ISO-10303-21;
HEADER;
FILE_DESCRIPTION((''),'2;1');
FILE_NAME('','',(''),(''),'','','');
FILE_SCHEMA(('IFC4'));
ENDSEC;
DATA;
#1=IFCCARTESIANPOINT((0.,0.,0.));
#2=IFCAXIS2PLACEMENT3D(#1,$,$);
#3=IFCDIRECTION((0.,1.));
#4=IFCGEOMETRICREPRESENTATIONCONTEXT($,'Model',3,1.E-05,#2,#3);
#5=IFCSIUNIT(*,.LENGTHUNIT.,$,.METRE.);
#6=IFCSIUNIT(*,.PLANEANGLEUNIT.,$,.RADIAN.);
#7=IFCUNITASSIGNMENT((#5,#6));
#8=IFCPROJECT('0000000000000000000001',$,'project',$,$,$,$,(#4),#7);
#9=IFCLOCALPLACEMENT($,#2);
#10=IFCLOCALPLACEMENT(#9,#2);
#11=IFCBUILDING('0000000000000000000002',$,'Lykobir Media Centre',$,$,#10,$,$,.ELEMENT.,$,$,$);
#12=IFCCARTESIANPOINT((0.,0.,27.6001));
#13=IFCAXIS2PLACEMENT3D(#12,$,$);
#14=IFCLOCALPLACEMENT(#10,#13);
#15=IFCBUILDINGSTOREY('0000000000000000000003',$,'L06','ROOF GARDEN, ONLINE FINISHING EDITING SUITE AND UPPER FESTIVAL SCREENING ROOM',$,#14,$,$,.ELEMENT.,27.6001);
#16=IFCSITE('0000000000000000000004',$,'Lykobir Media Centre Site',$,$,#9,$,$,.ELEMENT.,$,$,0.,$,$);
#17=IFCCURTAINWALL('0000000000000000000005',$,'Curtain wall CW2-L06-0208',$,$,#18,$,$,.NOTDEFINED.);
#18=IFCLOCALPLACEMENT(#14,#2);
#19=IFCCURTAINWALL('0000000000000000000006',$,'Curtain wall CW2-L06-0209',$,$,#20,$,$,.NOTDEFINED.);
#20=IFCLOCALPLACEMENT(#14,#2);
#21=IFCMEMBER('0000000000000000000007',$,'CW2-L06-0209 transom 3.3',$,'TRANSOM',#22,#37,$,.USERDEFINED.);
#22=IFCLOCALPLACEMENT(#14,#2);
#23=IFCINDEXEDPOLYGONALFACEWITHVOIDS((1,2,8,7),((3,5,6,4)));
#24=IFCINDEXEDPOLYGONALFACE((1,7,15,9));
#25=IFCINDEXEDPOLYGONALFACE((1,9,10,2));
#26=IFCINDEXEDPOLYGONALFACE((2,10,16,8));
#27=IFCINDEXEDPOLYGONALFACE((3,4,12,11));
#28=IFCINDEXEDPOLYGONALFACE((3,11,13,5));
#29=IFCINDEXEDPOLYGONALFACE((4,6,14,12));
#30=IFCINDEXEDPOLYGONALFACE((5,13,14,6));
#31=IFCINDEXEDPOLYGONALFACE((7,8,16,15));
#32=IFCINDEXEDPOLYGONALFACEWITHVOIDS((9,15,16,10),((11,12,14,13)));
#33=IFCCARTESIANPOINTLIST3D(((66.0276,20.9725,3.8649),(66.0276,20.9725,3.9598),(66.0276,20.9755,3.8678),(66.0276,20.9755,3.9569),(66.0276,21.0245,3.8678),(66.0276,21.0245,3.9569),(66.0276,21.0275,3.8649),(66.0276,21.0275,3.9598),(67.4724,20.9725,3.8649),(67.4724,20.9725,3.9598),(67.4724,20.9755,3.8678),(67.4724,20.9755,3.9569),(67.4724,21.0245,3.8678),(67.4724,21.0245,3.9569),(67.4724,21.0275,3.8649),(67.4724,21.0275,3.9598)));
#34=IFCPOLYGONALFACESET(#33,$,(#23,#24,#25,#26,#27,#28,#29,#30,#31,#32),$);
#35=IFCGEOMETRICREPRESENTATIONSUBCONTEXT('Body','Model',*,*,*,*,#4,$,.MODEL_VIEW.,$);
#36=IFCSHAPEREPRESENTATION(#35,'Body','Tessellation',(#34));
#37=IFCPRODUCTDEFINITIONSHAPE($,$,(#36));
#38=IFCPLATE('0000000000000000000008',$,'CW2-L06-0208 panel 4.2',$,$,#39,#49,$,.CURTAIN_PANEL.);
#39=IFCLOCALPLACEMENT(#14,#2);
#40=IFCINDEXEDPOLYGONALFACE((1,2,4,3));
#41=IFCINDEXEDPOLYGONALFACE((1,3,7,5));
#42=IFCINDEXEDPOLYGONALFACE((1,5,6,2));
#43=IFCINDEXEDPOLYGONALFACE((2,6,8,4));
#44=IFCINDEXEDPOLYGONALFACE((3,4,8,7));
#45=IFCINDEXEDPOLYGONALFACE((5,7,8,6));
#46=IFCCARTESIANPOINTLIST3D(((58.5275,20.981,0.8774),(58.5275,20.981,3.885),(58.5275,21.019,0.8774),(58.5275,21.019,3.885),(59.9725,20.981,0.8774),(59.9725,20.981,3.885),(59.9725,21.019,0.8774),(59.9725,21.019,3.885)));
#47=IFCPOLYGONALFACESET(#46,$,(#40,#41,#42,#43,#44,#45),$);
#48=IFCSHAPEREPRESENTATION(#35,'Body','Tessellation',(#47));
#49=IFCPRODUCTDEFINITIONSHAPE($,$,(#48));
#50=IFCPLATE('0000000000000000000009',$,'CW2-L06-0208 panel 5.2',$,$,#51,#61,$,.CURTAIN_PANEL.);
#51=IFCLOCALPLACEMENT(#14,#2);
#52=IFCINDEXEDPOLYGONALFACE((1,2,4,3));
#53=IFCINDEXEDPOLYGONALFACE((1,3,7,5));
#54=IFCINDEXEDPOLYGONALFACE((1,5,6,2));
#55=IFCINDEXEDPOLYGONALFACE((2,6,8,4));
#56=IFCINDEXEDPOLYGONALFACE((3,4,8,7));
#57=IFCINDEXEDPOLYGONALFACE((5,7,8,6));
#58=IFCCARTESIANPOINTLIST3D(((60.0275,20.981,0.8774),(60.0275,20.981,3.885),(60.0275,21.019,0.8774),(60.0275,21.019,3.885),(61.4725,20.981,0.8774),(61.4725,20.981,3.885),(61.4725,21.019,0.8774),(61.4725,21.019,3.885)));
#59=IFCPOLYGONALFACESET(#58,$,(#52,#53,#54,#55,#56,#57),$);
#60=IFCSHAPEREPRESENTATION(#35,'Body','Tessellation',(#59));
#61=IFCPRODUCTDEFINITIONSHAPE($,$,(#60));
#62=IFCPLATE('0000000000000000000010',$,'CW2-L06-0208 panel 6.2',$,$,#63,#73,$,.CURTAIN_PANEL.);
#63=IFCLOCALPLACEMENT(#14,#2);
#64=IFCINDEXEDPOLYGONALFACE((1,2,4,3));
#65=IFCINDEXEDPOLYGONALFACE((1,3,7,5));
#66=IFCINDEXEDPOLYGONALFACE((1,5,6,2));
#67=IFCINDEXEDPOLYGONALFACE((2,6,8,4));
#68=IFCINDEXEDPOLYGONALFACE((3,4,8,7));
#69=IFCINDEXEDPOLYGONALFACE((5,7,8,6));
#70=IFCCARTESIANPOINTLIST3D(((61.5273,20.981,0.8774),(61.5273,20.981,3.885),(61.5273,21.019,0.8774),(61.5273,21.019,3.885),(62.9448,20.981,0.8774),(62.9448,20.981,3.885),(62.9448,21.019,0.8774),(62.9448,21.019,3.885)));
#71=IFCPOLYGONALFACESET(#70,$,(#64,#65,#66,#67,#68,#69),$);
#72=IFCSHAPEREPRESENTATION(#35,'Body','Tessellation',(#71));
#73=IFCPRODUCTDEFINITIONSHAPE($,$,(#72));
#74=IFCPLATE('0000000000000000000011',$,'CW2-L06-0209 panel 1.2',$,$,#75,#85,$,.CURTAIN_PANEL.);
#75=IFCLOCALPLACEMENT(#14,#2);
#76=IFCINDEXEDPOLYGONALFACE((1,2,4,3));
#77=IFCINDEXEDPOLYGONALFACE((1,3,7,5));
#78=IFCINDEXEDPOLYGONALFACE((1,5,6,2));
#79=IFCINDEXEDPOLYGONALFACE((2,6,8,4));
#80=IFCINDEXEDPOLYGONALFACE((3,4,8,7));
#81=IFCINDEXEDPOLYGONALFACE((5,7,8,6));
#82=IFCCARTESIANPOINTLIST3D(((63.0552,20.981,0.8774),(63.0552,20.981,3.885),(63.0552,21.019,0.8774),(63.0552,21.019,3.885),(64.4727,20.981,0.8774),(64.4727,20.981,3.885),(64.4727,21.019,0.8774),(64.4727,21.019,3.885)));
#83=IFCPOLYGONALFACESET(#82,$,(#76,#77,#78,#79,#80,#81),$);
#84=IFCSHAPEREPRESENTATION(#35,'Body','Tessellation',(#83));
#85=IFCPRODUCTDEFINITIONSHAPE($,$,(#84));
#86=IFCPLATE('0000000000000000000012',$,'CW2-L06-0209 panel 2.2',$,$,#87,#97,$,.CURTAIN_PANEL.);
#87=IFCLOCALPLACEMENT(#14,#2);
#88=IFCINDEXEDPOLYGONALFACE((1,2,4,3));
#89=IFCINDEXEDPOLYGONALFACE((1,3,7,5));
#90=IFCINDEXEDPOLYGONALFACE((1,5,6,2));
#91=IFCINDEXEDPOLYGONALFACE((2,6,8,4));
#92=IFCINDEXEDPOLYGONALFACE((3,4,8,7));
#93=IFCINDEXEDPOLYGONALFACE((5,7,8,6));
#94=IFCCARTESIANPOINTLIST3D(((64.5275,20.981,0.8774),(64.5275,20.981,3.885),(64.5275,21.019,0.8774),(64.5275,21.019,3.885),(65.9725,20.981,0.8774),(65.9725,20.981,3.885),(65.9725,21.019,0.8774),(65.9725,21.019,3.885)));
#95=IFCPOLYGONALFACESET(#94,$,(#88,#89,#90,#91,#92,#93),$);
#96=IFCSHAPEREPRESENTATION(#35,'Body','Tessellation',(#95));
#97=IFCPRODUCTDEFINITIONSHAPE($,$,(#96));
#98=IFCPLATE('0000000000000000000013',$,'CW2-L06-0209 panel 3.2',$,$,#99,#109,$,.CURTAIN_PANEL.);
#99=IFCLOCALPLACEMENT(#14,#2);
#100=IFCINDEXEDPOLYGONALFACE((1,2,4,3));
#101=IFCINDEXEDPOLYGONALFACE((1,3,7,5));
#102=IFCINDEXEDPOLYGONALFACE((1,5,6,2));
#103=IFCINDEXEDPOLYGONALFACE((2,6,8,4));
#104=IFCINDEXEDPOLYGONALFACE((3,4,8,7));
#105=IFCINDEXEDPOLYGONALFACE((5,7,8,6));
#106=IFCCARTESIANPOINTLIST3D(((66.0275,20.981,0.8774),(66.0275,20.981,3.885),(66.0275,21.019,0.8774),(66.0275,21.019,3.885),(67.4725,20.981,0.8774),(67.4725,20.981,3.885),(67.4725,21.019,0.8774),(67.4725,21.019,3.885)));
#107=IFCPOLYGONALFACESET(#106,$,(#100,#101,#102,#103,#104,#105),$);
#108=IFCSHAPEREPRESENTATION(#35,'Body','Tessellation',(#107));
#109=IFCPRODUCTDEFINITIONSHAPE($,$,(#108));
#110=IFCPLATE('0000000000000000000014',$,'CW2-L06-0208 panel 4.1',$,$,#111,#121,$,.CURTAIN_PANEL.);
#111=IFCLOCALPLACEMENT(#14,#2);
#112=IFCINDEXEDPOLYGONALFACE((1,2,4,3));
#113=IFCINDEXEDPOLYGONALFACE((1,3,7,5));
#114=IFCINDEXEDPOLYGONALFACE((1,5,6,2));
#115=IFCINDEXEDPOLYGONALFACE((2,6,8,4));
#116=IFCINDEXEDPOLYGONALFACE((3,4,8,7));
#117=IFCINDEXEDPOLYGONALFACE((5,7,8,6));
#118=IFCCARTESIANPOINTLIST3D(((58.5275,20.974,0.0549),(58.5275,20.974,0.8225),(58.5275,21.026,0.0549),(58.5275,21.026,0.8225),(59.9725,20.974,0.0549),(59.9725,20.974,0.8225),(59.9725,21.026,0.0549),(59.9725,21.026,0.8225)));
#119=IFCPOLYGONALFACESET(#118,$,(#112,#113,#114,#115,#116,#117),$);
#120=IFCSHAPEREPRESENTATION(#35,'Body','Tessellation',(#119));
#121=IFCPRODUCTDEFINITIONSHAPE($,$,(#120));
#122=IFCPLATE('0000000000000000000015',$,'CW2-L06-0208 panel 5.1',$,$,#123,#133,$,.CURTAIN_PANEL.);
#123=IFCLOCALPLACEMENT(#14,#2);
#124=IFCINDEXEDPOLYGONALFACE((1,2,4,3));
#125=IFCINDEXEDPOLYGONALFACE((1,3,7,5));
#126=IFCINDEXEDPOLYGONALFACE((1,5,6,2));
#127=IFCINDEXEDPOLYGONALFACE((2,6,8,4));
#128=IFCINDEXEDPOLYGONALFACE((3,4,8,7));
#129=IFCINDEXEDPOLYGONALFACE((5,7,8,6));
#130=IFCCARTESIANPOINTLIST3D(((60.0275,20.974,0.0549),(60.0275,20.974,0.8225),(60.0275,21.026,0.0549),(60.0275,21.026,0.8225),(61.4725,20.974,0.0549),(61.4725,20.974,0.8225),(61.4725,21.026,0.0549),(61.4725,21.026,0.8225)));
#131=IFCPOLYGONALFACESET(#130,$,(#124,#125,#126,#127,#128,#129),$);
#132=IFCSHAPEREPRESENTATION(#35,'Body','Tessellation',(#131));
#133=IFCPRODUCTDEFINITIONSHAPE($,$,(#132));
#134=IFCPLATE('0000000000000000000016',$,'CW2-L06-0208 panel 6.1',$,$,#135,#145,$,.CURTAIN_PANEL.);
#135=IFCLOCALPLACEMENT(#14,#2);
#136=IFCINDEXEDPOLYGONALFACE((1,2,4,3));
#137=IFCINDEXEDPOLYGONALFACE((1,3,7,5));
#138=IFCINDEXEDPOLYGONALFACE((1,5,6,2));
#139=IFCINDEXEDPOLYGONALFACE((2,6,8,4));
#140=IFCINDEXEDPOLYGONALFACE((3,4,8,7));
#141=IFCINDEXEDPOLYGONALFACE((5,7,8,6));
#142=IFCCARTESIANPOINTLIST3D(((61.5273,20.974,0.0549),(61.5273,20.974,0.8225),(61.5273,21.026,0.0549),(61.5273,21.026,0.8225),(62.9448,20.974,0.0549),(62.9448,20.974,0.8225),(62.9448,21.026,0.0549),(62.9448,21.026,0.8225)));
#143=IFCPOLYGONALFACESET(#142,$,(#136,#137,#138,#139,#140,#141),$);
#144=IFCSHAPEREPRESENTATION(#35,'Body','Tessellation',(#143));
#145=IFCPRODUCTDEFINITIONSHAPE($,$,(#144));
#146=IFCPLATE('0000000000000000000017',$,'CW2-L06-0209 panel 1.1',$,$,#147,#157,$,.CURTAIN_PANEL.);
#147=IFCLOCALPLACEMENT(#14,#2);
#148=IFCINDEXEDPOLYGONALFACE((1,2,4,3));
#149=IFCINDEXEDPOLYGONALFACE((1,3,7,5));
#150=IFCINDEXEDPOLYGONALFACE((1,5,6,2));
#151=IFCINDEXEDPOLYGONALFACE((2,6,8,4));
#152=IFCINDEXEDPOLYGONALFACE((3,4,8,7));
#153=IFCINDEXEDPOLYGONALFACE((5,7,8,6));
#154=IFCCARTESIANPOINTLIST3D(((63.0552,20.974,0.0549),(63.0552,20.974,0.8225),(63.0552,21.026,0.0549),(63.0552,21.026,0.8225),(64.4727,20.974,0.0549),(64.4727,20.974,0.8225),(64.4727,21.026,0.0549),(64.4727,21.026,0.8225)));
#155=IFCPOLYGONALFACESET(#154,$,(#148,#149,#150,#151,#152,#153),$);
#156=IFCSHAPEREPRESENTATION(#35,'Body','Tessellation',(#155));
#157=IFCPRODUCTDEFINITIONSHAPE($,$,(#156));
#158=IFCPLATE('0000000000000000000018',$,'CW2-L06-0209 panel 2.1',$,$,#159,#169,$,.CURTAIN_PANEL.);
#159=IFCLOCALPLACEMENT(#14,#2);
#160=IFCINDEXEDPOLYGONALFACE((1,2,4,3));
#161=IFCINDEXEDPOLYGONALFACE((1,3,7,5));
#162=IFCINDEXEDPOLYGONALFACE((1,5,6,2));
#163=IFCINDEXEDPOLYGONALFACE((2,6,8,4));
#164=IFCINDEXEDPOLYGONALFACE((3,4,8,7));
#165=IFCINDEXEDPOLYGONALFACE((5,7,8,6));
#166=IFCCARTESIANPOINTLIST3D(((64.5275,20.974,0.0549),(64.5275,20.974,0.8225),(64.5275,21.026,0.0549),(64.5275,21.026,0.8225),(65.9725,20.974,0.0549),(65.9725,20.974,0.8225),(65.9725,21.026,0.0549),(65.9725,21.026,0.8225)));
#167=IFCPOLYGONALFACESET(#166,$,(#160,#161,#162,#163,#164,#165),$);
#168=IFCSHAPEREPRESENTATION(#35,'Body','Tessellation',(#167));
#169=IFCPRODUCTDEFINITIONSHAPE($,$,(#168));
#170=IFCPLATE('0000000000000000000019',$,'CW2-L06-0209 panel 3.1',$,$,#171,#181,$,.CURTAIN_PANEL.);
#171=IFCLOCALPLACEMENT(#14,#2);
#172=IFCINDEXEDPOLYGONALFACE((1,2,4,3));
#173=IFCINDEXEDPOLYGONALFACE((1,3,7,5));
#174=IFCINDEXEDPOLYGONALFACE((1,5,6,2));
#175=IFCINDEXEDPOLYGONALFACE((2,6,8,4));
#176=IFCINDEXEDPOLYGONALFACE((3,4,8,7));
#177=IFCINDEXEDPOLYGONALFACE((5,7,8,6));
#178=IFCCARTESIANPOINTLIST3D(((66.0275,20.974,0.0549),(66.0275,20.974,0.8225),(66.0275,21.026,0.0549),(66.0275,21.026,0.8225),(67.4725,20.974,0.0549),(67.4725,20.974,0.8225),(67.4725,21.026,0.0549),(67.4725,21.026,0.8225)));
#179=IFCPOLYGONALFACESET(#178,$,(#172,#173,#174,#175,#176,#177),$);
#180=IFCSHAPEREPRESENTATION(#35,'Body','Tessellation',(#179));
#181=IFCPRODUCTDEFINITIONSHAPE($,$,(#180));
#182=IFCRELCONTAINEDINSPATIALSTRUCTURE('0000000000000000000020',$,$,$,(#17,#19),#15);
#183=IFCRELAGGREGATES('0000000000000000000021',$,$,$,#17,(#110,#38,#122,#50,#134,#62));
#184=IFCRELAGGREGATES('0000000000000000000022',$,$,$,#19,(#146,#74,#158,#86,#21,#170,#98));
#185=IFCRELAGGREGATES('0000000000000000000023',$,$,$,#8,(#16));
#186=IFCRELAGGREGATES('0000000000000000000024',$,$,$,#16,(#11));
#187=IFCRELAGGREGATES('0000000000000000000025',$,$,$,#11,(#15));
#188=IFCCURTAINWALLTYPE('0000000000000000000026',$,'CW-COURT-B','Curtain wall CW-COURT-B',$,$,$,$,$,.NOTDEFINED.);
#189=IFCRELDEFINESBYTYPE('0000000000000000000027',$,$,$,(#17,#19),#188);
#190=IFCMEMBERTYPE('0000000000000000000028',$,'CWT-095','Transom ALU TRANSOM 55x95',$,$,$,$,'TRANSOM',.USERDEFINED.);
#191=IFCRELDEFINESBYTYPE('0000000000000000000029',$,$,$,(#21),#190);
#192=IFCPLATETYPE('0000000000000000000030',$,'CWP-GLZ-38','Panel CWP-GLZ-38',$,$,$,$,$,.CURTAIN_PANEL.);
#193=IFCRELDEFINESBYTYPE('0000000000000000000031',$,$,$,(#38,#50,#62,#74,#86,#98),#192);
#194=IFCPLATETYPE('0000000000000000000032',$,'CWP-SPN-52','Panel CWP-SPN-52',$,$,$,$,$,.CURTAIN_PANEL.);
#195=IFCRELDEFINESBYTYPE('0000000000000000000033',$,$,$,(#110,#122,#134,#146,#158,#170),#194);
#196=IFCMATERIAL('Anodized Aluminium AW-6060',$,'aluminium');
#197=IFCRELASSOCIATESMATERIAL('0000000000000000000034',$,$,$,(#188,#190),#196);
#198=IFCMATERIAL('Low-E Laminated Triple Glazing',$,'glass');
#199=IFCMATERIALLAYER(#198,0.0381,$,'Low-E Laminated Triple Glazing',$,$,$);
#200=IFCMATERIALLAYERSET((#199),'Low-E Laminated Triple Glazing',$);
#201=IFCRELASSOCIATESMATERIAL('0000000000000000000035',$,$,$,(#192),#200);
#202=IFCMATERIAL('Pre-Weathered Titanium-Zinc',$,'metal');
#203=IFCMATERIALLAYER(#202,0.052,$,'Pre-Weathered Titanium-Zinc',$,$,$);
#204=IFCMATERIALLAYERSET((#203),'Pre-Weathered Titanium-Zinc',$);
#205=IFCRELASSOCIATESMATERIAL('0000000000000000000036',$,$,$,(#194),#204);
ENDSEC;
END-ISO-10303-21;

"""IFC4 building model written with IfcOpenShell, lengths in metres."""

from ifc_helpers import new_model, si_unit, direction, frame, origin, origin_2d, place, context, subcontext, project, spatial, rectangle, hollow_rectangle, extrude, material, layer, layer_set, material_profile, profile_set, type_object, element, aggregate, save


model = new_model("IFC4")

# Units and contexts
model_context = context("Model", 3, precision=1e-05, world=origin(), true_north=direction((0.0, 1.0)))
body_context = subcontext(model_context, "Body", "Model", "MODEL_VIEW")
ifc_project = project(units=[si_unit("LENGTHUNIT", "METRE"), si_unit("PLANEANGLEUNIT", "RADIAN")], contexts=[model_context])

# Site, building, storey
site_placement = place(None, origin())
site = spatial("IfcSite", under=ifc_project, at=site_placement, Name="Lykobir Media Centre Site", CompositionType="ELEMENT", RefElevation=0.0)
building_placement = place(site_placement, origin())
building = spatial("IfcBuilding", under=site, at=building_placement, Name="Lykobir Media Centre", CompositionType="ELEMENT")
storey_placement = place(building_placement, frame((0.0, 0.0, 27.6001)))
storey = spatial("IfcBuildingStorey", under=building, at=storey_placement, Name="L06", Description="ROOF GARDEN, ONLINE FINISHING EDITING SUITE AND UPPER FESTIVAL SCREENING ROOM", CompositionType="ELEMENT", Elevation=27.6001)

# Curtain walls
ifc_material_1 = material(Name="Anodized Aluminium AW-6060", Category="aluminium")
curtain_wall_type = type_object("IfcCurtainWallType", Name="CW-COURT-B", Description="Curtain wall CW-COURT-B", PredefinedType="NOTDEFINED", material=ifc_material_1)
curtain_wall_1_placement = place(storey_placement, origin())
curtain_wall_1 = element("IfcCurtainWall", 1, at=curtain_wall_1_placement, inside=storey, type_object=curtain_wall_type, Name="Curtain wall CW2-L06-0208", PredefinedType="NOTDEFINED")
curtain_wall_2_placement = place(storey_placement, origin())
curtain_wall_2 = element("IfcCurtainWall", 2, at=curtain_wall_2_placement, inside=storey, type_object=curtain_wall_type, Name="Curtain wall CW2-L06-0209", PredefinedType="NOTDEFINED")

# Member
ifc_material_profile_1 = material_profile(ifc_material_1, hollow_rectangle(XDim=0.0549, YDim=0.095, WallThickness=0.0029, at=origin_2d()), Name="ALU TRANSOM 55x95")
ifc_profile_set_1 = profile_set([ifc_material_profile_1], Name="Anodized Aluminium AW-6060")
member_type_1 = type_object("IfcMemberType", Name="CWT-095", Description="Transom ALU TRANSOM 55x95", ElementType="TRANSOM", PredefinedType="USERDEFINED", material=ifc_profile_set_1)
member_1_placement = place(storey_placement, frame((66.0276, 21.0, 3.9124), z_axis=(1.0, 0.0, 0.0), x_axis=(0.0, 1.0, 0.0)))
member_1 = element("IfcMember", 3, at=member_1_placement, type_object=member_type_1, Name="CW2-L06-0209 transom 3.3", ObjectType="TRANSOM", PredefinedType="USERDEFINED", context=body_context, shape_type="SweptSolid", body=[
    extrude(hollow_rectangle(XDim=0.0549, YDim=0.095, WallThickness=0.0029, at=origin_2d()), origin(), (0.0, 0.0, 1.0), 1.4448),
])

# Plates
ifc_material_2 = material(Name="Low-E Laminated Triple Glazing", Category="glass")
ifc_layer_1 = layer(ifc_material_2, 0.0381, Name="Low-E Laminated Triple Glazing")
ifc_layer_set_1 = layer_set([ifc_layer_1], Name="Low-E Laminated Triple Glazing")
plate_type_1 = type_object("IfcPlateType", Name="CWP-GLZ-38", Description="Panel CWP-GLZ-38", PredefinedType="CURTAIN_PANEL", material=ifc_layer_set_1)
plate_1_placement = place(storey_placement, frame((59.25, 21.0, 0.8774), z_axis=(0.0, 0.0, 1.0), x_axis=(1.0, 0.0, 0.0)))
plate_1 = element("IfcPlate", 4, at=plate_1_placement, type_object=plate_type_1, Name="CW2-L06-0208 panel 4.2", PredefinedType="CURTAIN_PANEL", context=body_context, shape_type="SweptSolid", body=[
    extrude(rectangle(XDim=1.4451, YDim=0.0381, at=origin_2d()), origin(), (0.0, 0.0, 1.0), 3.0076),
])
plate_2_placement = place(storey_placement, frame((60.75, 21.0, 0.8774), z_axis=(0.0, 0.0, 1.0), x_axis=(1.0, 0.0, 0.0)))
plate_2 = element("IfcPlate", 5, at=plate_2_placement, type_object=plate_type_1, Name="CW2-L06-0208 panel 5.2", PredefinedType="CURTAIN_PANEL", context=body_context, shape_type="SweptSolid", body=[
    extrude(rectangle(XDim=1.4451, YDim=0.0381, at=origin_2d()), origin(), (0.0, 0.0, 1.0), 3.0076),
])
plate_3_placement = place(storey_placement, frame((62.2361, 21.0, 0.8774), z_axis=(0.0, 0.0, 1.0), x_axis=(1.0, 0.0, 0.0)))
plate_3 = element("IfcPlate", 6, at=plate_3_placement, type_object=plate_type_1, Name="CW2-L06-0208 panel 6.2", PredefinedType="CURTAIN_PANEL", context=body_context, shape_type="SweptSolid", body=[
    extrude(rectangle(XDim=1.4175, YDim=0.0381, at=origin_2d()), origin(), (0.0, 0.0, 1.0), 3.0076),
])
plate_4_placement = place(storey_placement, frame((63.7639, 21.0, 0.8774), z_axis=(0.0, 0.0, 1.0), x_axis=(1.0, 0.0, 0.0)))
plate_4 = element("IfcPlate", 7, at=plate_4_placement, type_object=plate_type_1, Name="CW2-L06-0209 panel 1.2", PredefinedType="CURTAIN_PANEL", context=body_context, shape_type="SweptSolid", body=[
    extrude(rectangle(XDim=1.4175, YDim=0.0381, at=origin_2d()), origin(), (0.0, 0.0, 1.0), 3.0076),
])
plate_5_placement = place(storey_placement, frame((65.25, 21.0, 0.8774), z_axis=(0.0, 0.0, 1.0), x_axis=(1.0, 0.0, 0.0)))
plate_5 = element("IfcPlate", 8, at=plate_5_placement, type_object=plate_type_1, Name="CW2-L06-0209 panel 2.2", PredefinedType="CURTAIN_PANEL", context=body_context, shape_type="SweptSolid", body=[
    extrude(rectangle(XDim=1.4451, YDim=0.0381, at=origin_2d()), origin(), (0.0, 0.0, 1.0), 3.0076),
])
plate_6_placement = place(storey_placement, frame((66.75, 21.0, 0.8774), z_axis=(0.0, 0.0, 1.0), x_axis=(1.0, 0.0, 0.0)))
plate_6 = element("IfcPlate", 9, at=plate_6_placement, type_object=plate_type_1, Name="CW2-L06-0209 panel 3.2", PredefinedType="CURTAIN_PANEL", context=body_context, shape_type="SweptSolid", body=[
    extrude(rectangle(XDim=1.4451, YDim=0.0381, at=origin_2d()), origin(), (0.0, 0.0, 1.0), 3.0076),
])
ifc_material_3 = material(Name="Pre-Weathered Titanium-Zinc", Category="metal")
ifc_layer_2 = layer(ifc_material_3, 0.052, Name="Pre-Weathered Titanium-Zinc")
ifc_layer_set_2 = layer_set([ifc_layer_2], Name="Pre-Weathered Titanium-Zinc")
plate_type_2 = type_object("IfcPlateType", Name="CWP-SPN-52", Description="Panel CWP-SPN-52", PredefinedType="CURTAIN_PANEL", material=ifc_layer_set_2)
plate_7_placement = place(storey_placement, frame((59.25, 21.0, 0.0549), z_axis=(0.0, 0.0, 1.0), x_axis=(1.0, 0.0, 0.0)))
plate_7 = element("IfcPlate", 10, at=plate_7_placement, type_object=plate_type_2, Name="CW2-L06-0208 panel 4.1", PredefinedType="CURTAIN_PANEL", context=body_context, shape_type="SweptSolid", body=[
    extrude(rectangle(XDim=1.4451, YDim=0.052, at=origin_2d()), origin(), (0.0, 0.0, 1.0), 0.7676),
])
plate_8_placement = place(storey_placement, frame((60.75, 21.0, 0.0549), z_axis=(0.0, 0.0, 1.0), x_axis=(1.0, 0.0, 0.0)))
plate_8 = element("IfcPlate", 11, at=plate_8_placement, type_object=plate_type_2, Name="CW2-L06-0208 panel 5.1", PredefinedType="CURTAIN_PANEL", context=body_context, shape_type="SweptSolid", body=[
    extrude(rectangle(XDim=1.4451, YDim=0.052, at=origin_2d()), origin(), (0.0, 0.0, 1.0), 0.7676),
])
plate_9_placement = place(storey_placement, frame((62.2361, 21.0, 0.0549), z_axis=(0.0, 0.0, 1.0), x_axis=(1.0, 0.0, 0.0)))
plate_9 = element("IfcPlate", 12, at=plate_9_placement, type_object=plate_type_2, Name="CW2-L06-0208 panel 6.1", PredefinedType="CURTAIN_PANEL", context=body_context, shape_type="SweptSolid", body=[
    extrude(rectangle(XDim=1.4175, YDim=0.052, at=origin_2d()), origin(), (0.0, 0.0, 1.0), 0.7676),
])
aggregate(curtain_wall_1, [plate_7, plate_1, plate_8, plate_2, plate_9, plate_3])
plate_10_placement = place(storey_placement, frame((63.7639, 21.0, 0.0549), z_axis=(0.0, 0.0, 1.0), x_axis=(1.0, 0.0, 0.0)))
plate_10 = element("IfcPlate", 13, at=plate_10_placement, type_object=plate_type_2, Name="CW2-L06-0209 panel 1.1", PredefinedType="CURTAIN_PANEL", context=body_context, shape_type="SweptSolid", body=[
    extrude(rectangle(XDim=1.4175, YDim=0.052, at=origin_2d()), origin(), (0.0, 0.0, 1.0), 0.7676),
])
plate_11_placement = place(storey_placement, frame((65.25, 21.0, 0.0549), z_axis=(0.0, 0.0, 1.0), x_axis=(1.0, 0.0, 0.0)))
plate_11 = element("IfcPlate", 14, at=plate_11_placement, type_object=plate_type_2, Name="CW2-L06-0209 panel 2.1", PredefinedType="CURTAIN_PANEL", context=body_context, shape_type="SweptSolid", body=[
    extrude(rectangle(XDim=1.4451, YDim=0.052, at=origin_2d()), origin(), (0.0, 0.0, 1.0), 0.7676),
])
plate_12_placement = place(storey_placement, frame((66.75, 21.0, 0.0549), z_axis=(0.0, 0.0, 1.0), x_axis=(1.0, 0.0, 0.0)))
plate_12 = element("IfcPlate", 15, at=plate_12_placement, type_object=plate_type_2, Name="CW2-L06-0209 panel 3.1", PredefinedType="CURTAIN_PANEL", context=body_context, shape_type="SweptSolid", body=[
    extrude(rectangle(XDim=1.4451, YDim=0.052, at=origin_2d()), origin(), (0.0, 0.0, 1.0), 0.7676),
])
aggregate(curtain_wall_2, [plate_10, plate_4, plate_11, plate_5, member_1, plate_12, plate_6])

save(model, "model.ifc")
